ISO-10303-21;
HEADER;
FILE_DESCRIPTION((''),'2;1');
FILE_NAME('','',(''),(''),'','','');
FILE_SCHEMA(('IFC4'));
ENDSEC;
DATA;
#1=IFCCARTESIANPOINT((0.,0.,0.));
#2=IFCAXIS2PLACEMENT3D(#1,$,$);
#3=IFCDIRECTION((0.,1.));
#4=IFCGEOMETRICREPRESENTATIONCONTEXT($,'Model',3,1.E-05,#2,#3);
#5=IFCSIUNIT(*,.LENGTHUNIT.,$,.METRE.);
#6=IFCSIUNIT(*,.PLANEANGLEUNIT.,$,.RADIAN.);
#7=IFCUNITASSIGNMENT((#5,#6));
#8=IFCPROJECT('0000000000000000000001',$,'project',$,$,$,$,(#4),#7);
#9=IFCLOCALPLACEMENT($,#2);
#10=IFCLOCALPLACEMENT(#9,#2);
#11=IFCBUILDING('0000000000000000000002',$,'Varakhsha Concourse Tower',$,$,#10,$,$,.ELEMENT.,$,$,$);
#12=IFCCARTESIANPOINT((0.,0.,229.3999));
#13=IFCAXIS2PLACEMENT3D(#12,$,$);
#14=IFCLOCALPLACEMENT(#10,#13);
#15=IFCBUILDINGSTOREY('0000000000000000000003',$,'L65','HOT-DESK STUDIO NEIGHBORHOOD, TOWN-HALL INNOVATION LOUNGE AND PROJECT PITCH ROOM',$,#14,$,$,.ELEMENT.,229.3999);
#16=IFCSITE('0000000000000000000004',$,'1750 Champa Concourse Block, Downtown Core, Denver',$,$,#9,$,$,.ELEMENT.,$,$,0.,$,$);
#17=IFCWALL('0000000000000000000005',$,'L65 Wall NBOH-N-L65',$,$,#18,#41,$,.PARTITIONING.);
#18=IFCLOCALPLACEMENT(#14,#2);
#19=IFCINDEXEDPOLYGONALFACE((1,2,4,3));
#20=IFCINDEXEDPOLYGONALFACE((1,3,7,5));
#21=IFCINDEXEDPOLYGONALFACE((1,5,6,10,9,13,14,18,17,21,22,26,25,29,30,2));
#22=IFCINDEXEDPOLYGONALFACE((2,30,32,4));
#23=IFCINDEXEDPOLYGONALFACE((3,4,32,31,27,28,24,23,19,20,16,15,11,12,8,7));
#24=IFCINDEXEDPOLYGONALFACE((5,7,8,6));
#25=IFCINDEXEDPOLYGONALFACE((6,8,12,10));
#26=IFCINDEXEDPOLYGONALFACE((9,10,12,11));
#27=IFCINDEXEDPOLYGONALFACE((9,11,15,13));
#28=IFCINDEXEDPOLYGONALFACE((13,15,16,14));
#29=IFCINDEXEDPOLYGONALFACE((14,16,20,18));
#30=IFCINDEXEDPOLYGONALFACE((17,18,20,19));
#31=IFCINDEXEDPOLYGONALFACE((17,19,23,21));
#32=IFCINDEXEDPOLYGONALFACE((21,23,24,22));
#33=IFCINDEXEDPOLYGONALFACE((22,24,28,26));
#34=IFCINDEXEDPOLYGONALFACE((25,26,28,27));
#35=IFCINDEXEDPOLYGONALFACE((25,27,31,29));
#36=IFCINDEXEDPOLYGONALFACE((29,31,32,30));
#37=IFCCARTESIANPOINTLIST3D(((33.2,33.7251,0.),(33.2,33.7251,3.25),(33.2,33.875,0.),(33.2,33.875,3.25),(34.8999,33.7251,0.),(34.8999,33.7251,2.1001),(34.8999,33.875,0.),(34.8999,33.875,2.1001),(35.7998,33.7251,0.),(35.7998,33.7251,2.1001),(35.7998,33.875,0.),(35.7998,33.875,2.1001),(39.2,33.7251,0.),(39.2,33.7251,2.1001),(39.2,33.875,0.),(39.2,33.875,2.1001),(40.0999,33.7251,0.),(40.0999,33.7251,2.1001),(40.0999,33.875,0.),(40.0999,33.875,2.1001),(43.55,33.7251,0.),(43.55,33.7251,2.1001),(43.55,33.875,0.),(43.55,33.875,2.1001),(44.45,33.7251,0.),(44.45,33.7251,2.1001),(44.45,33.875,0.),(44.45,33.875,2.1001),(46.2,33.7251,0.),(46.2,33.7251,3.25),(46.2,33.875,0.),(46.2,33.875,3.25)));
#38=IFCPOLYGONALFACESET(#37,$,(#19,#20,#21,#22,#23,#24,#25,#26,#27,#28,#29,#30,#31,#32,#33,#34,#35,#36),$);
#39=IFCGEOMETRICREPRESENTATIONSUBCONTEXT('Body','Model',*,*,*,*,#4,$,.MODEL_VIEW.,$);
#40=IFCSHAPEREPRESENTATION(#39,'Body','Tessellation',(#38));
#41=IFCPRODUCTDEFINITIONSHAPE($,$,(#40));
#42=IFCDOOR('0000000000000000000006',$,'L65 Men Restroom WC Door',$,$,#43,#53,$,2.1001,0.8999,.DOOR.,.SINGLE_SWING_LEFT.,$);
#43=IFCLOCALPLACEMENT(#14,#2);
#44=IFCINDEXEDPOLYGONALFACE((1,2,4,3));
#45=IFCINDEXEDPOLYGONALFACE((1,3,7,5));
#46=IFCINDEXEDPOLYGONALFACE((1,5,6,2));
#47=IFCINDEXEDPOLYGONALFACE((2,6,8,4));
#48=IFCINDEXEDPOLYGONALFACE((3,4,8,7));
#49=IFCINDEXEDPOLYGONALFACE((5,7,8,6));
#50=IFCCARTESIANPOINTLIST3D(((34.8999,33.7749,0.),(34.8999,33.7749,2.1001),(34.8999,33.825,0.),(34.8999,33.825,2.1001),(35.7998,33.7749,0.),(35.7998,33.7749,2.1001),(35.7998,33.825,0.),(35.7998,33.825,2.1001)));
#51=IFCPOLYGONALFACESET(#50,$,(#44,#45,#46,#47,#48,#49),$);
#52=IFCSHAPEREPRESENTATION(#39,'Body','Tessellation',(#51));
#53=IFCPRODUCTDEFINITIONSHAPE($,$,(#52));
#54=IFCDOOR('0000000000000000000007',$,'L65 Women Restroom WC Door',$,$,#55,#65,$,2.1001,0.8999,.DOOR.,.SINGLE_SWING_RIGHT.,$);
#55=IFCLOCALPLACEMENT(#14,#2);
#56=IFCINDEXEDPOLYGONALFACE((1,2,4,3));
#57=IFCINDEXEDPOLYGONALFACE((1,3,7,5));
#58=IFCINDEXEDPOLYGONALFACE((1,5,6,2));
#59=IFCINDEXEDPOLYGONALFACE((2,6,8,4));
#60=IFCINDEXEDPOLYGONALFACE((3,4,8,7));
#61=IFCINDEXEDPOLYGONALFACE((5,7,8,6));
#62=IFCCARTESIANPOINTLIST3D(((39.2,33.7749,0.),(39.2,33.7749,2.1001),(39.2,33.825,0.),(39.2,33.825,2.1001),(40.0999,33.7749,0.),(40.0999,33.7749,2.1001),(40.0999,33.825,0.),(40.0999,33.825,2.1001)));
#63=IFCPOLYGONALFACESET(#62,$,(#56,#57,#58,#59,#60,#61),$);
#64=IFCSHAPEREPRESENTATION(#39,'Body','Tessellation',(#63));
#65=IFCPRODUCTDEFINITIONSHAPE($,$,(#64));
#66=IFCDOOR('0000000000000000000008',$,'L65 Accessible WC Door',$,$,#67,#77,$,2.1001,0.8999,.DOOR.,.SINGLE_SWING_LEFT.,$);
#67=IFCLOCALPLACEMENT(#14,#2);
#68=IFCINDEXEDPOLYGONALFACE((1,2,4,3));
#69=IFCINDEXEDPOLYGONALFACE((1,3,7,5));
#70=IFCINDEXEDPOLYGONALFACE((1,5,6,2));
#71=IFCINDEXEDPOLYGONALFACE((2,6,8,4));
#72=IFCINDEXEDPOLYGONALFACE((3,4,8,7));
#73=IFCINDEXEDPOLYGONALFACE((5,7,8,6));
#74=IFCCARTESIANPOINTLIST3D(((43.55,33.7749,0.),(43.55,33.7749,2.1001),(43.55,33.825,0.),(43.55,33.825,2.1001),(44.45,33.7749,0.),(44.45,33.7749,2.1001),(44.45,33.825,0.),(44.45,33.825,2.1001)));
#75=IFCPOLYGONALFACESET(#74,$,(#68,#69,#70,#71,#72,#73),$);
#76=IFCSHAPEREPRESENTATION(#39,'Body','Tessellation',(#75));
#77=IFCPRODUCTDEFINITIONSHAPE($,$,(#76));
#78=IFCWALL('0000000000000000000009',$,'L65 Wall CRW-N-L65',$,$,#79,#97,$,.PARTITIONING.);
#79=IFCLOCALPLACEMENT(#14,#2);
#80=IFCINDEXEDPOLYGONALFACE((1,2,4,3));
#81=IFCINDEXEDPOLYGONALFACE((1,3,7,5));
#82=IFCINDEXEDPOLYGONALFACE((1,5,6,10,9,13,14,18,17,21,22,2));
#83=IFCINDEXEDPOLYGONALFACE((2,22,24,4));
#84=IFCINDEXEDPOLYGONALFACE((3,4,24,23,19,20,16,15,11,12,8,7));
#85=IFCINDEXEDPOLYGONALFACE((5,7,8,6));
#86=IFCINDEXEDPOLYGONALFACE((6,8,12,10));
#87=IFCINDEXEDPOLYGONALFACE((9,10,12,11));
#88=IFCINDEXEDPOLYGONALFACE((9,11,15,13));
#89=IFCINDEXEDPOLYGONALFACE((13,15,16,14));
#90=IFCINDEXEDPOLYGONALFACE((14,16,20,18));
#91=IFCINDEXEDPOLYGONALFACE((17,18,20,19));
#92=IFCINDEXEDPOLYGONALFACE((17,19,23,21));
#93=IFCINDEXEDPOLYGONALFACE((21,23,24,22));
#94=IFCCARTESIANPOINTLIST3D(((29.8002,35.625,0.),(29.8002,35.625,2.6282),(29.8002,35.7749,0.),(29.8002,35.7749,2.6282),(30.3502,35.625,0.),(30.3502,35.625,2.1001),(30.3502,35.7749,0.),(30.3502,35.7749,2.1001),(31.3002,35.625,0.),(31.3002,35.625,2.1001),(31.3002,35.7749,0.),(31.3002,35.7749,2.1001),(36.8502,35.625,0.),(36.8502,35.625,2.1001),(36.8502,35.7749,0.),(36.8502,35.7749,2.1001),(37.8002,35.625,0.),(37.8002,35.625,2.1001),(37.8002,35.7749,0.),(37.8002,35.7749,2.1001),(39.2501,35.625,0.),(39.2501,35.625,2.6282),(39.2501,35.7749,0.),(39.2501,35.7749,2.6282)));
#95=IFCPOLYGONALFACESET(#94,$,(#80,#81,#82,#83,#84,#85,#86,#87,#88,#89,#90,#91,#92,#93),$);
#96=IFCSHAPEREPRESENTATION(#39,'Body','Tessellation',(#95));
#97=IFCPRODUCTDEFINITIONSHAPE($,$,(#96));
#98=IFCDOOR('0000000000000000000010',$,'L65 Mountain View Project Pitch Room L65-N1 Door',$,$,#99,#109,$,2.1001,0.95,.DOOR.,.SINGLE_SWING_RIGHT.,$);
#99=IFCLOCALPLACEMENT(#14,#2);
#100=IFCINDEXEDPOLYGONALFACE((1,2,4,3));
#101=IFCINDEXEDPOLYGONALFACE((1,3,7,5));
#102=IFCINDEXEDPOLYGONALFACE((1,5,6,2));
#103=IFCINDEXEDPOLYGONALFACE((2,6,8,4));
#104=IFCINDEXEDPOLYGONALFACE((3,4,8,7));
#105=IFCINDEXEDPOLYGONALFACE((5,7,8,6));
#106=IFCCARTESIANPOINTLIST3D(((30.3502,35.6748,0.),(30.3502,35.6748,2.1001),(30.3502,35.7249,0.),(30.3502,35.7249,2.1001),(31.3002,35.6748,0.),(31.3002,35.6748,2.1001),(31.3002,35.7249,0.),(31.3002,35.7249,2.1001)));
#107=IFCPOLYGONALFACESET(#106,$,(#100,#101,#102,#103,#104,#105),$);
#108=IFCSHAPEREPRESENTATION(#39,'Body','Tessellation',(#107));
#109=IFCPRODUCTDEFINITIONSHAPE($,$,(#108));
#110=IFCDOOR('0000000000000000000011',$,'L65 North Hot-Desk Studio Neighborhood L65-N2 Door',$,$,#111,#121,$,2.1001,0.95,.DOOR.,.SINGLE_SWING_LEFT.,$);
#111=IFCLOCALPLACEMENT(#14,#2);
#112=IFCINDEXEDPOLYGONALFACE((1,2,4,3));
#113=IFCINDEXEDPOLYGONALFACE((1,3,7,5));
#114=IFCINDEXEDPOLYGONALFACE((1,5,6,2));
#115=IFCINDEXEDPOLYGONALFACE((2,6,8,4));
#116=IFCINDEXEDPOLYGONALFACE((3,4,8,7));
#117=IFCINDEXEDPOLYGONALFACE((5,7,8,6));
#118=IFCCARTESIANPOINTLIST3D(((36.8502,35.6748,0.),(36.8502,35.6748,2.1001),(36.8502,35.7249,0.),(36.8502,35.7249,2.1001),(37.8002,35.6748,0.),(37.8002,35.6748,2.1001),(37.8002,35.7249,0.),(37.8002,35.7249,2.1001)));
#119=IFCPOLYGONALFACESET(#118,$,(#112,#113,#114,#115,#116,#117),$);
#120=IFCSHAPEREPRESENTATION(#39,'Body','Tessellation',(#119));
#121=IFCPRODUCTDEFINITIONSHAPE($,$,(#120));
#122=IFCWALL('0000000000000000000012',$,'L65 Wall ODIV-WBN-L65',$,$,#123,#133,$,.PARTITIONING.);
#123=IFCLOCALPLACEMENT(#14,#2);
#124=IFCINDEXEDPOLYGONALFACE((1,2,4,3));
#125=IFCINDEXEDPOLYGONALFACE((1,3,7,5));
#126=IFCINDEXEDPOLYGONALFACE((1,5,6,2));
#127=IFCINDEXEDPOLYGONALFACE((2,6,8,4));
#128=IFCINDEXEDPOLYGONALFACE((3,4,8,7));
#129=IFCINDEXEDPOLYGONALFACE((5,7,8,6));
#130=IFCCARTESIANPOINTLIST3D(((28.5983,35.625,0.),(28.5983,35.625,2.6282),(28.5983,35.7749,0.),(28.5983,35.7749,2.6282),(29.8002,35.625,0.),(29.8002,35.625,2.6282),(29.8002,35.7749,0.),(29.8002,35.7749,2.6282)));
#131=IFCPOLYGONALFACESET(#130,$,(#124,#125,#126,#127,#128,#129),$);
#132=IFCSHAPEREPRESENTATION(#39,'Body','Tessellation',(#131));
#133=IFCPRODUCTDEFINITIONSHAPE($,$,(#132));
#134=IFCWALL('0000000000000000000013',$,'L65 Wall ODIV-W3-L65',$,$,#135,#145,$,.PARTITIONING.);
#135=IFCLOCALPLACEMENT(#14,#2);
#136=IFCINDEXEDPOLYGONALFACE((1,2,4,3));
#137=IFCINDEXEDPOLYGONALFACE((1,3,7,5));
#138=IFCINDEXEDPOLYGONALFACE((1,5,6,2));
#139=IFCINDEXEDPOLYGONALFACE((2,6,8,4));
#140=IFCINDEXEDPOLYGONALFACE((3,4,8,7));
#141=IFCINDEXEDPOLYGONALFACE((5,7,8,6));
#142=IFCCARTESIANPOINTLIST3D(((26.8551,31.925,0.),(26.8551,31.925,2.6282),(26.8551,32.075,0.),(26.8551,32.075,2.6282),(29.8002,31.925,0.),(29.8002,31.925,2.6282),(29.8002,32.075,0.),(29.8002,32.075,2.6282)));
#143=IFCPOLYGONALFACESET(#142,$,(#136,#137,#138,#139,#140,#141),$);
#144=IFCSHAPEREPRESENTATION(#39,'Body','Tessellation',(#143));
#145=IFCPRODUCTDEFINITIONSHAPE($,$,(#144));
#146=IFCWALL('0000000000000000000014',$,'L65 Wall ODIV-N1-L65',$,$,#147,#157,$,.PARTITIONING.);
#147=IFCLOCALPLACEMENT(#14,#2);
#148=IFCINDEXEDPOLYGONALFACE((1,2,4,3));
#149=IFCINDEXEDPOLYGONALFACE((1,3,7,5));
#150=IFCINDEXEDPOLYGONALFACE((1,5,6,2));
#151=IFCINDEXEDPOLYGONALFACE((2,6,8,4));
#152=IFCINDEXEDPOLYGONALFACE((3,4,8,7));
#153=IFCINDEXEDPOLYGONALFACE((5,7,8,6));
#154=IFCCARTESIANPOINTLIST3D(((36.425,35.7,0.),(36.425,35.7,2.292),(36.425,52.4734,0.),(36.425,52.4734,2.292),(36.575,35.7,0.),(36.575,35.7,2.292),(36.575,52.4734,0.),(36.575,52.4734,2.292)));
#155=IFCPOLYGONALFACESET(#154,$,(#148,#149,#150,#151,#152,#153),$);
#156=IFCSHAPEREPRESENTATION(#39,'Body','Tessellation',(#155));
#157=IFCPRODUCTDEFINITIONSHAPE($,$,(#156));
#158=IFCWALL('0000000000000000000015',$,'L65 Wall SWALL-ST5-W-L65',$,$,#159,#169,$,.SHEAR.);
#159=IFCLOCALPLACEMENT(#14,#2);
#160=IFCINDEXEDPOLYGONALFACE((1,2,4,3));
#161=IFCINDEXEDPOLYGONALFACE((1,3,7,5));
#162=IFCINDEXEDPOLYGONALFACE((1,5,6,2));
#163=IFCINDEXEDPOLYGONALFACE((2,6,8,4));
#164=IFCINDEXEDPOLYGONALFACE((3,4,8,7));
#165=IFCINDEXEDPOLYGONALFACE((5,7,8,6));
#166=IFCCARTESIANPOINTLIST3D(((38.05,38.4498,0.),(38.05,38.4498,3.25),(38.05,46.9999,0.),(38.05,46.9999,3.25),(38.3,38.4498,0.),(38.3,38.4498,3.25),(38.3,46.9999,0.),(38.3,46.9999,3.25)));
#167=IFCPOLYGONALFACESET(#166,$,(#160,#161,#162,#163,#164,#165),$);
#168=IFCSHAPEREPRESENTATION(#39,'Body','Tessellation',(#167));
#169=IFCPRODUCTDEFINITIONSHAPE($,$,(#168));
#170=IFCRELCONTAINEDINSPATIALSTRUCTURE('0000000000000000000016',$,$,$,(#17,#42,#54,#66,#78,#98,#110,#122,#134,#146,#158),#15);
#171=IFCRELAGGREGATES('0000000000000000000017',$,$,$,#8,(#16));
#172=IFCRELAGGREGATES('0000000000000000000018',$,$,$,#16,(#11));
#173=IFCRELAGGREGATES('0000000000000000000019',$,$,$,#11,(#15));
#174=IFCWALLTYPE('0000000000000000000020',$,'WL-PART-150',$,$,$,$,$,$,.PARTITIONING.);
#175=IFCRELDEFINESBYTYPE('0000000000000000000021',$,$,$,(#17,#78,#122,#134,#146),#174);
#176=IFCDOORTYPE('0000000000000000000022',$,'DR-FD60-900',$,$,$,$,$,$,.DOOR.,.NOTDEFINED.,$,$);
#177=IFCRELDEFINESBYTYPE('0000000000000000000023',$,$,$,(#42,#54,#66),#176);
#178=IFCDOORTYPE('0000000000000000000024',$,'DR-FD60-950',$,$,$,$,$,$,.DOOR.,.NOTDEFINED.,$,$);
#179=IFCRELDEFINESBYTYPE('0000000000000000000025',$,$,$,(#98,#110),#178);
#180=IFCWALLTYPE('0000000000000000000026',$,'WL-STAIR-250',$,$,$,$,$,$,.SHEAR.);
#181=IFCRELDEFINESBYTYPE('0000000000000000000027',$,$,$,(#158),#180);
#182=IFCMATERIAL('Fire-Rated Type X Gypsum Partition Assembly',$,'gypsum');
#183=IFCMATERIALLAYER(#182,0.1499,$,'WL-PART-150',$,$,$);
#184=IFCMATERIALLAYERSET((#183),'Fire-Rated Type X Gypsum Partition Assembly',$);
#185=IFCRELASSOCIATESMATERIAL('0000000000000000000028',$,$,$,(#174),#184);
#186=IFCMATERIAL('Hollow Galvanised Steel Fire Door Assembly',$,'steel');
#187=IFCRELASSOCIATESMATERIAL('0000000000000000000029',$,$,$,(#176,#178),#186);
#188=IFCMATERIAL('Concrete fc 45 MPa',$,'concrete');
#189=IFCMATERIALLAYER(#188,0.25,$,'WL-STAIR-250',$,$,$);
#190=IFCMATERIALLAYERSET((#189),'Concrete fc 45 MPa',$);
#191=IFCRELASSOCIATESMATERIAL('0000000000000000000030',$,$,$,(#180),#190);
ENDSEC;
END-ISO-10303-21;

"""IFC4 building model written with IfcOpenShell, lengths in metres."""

from ifc_helpers import new_model, si_unit, direction, frame, frame_2d, origin, place, context, subcontext, project, spatial, rectangle, extrude, material, layer, layer_set, type_object, element, fill, save


model = new_model("IFC4")

# Units and contexts
model_context = context("Model", 3, precision=1e-05, world=origin(), true_north=direction((0.0, 1.0)))
body_context = subcontext(model_context, "Body", "Model", "MODEL_VIEW")
ifc_project = project(units=[si_unit("LENGTHUNIT", "METRE"), si_unit("PLANEANGLEUNIT", "RADIAN")], contexts=[model_context])

# Site, building, storey
site_placement = place(None, origin())
site = spatial("IfcSite", under=ifc_project, at=site_placement, Name="1750 Champa Concourse Block, Downtown Core, Denver", CompositionType="ELEMENT", RefElevation=0.0)
building_placement = place(site_placement, origin())
building = spatial("IfcBuilding", under=site, at=building_placement, Name="Varakhsha Concourse Tower", CompositionType="ELEMENT")
storey_placement = place(building_placement, frame((0.0, 0.0, 229.3999)))
storey = spatial("IfcBuildingStorey", under=building, at=storey_placement, Name="L65", Description="HOT-DESK STUDIO NEIGHBORHOOD, TOWN-HALL INNOVATION LOUNGE AND PROJECT PITCH ROOM", CompositionType="ELEMENT", Elevation=229.3999)

# Walls, openings, doors
ifc_material_1 = material(Name="Fire-Rated Type X Gypsum Partition Assembly", Category="gypsum")
ifc_layer_1 = layer(ifc_material_1, 0.1499, Name="WL-PART-150")
ifc_layer_set_1 = layer_set([ifc_layer_1], Name="Fire-Rated Type X Gypsum Partition Assembly")
wall_type_1 = type_object("IfcWallType", Name="WL-PART-150", PredefinedType="PARTITIONING", material=ifc_layer_set_1)
wall_1_placement = place(storey_placement, frame((33.2, 33.8, 0.0), z_axis=(0.0, 0.0, 1.0), x_axis=(1.0, 0.0, 0.0)))
wall_1 = element("IfcWall", 1, at=wall_1_placement, inside=storey, type_object=wall_type_1, Name="L65 Wall NBOH-N-L65", PredefinedType="PARTITIONING", context=body_context, shape_type="SweptSolid", body=[
    extrude(rectangle(XDim=13.0, YDim=0.1499, at=frame_2d((6.5, 0.0))), origin(), (0.0, 0.0, 1.0), 3.25),
])
opening_1_placement = place(wall_1_placement, frame((1.7, 0.0, 0.0)))
opening_1 = element("IfcOpeningElement", 2, at=opening_1_placement, cuts=wall_1, PredefinedType="OPENING", context=body_context, shape_type="SweptSolid", body=[
    extrude(rectangle(XDim=0.8999, YDim=2.1001, at=frame_2d((0.45, 1.05))), frame((0.0, 0.085, 0.0), z_axis=(0.0, -1.0, 0.0), x_axis=(1.0, 0.0, 0.0)), (0.0, 0.0, 1.0), 0.1699),
])
opening_2_placement = place(wall_1_placement, frame((6.0, 0.0, 0.0)))
opening_2 = element("IfcOpeningElement", 3, at=opening_2_placement, cuts=wall_1, PredefinedType="OPENING", context=body_context, shape_type="SweptSolid", body=[
    extrude(rectangle(XDim=0.8999, YDim=2.1001, at=frame_2d((0.45, 1.05))), frame((0.0, 0.085, 0.0), z_axis=(0.0, -1.0, 0.0), x_axis=(1.0, 0.0, 0.0)), (0.0, 0.0, 1.0), 0.1699),
])
opening_3_placement = place(wall_1_placement, frame((10.3501, 0.0, 0.0)))
opening_3 = element("IfcOpeningElement", 4, at=opening_3_placement, cuts=wall_1, PredefinedType="OPENING", context=body_context, shape_type="SweptSolid", body=[
    extrude(rectangle(XDim=0.8999, YDim=2.1001, at=frame_2d((0.45, 1.05))), frame((0.0, 0.085, 0.0), z_axis=(0.0, -1.0, 0.0), x_axis=(1.0, 0.0, 0.0)), (0.0, 0.0, 1.0), 0.1699),
])
ifc_material_2 = material(Name="Hollow Galvanised Steel Fire Door Assembly", Category="steel")
door_type_1 = type_object("IfcDoorType", Name="DR-FD60-900", OperationType="NOTDEFINED", PredefinedType="DOOR", material=ifc_material_2)
door_1_placement = place(opening_1_placement, origin())
door_1 = element("IfcDoor", 5, at=door_1_placement, inside=storey, type_object=door_type_1, Name="L65 Men Restroom WC Door", OperationType="SINGLE_SWING_LEFT", OverallHeight=2.1001, OverallWidth=0.8999, PredefinedType="DOOR", context=body_context, shape_type="SweptSolid", body=[
    extrude(rectangle(XDim=0.8999, YDim=2.1001, at=frame_2d((0.45, 1.05))), frame((0.0, 0.0249, 0.0), z_axis=(0.0, -1.0, 0.0), x_axis=(1.0, 0.0, 0.0)), (0.0, 0.0, 1.0), 0.05),
])
fill(opening_1, door_1)
door_2_placement = place(opening_2_placement, origin())
door_2 = element("IfcDoor", 6, at=door_2_placement, inside=storey, type_object=door_type_1, Name="L65 Women Restroom WC Door", OperationType="SINGLE_SWING_RIGHT", OverallHeight=2.1001, OverallWidth=0.8999, PredefinedType="DOOR", context=body_context, shape_type="SweptSolid", body=[
    extrude(rectangle(XDim=0.8999, YDim=2.1001, at=frame_2d((0.45, 1.05))), frame((0.0, 0.0249, 0.0), z_axis=(0.0, -1.0, 0.0), x_axis=(1.0, 0.0, 0.0)), (0.0, 0.0, 1.0), 0.05),
])
fill(opening_2, door_2)
door_3_placement = place(opening_3_placement, origin())
door_3 = element("IfcDoor", 7, at=door_3_placement, inside=storey, type_object=door_type_1, Name="L65 Accessible WC Door", OperationType="SINGLE_SWING_LEFT", OverallHeight=2.1001, OverallWidth=0.8999, PredefinedType="DOOR", context=body_context, shape_type="SweptSolid", body=[
    extrude(rectangle(XDim=0.8999, YDim=2.1001, at=frame_2d((0.45, 1.05))), frame((0.0, 0.0249, 0.0), z_axis=(0.0, -1.0, 0.0), x_axis=(1.0, 0.0, 0.0)), (0.0, 0.0, 1.0), 0.05),
])
fill(opening_3, door_3)
wall_2_placement = place(storey_placement, frame((29.8, 35.7, 0.0), z_axis=(0.0, 0.0, 1.0), x_axis=(1.0, 0.0, 0.0)))
wall_2 = element("IfcWall", 8, at=wall_2_placement, inside=storey, type_object=wall_type_1, Name="L65 Wall CRW-N-L65", PredefinedType="PARTITIONING", context=body_context, shape_type="SweptSolid", body=[
    extrude(rectangle(XDim=9.45, YDim=0.1499, at=frame_2d((4.7251, 0.0))), origin(), (0.0, 0.0, 1.0), 2.6282),
])
opening_4_placement = place(wall_2_placement, frame((0.55, 0.0, 0.0)))
opening_4 = element("IfcOpeningElement", 9, at=opening_4_placement, cuts=wall_2, PredefinedType="OPENING", context=body_context, shape_type="SweptSolid", body=[
    extrude(rectangle(XDim=0.95, YDim=2.1001, at=frame_2d((0.4751, 1.05))), frame((0.0, 0.085, 0.0), z_axis=(0.0, -1.0, 0.0), x_axis=(1.0, 0.0, 0.0)), (0.0, 0.0, 1.0), 0.1699),
])
opening_5_placement = place(wall_2_placement, frame((7.05, 0.0, 0.0)))
opening_5 = element("IfcOpeningElement", 10, at=opening_5_placement, cuts=wall_2, PredefinedType="OPENING", context=body_context, shape_type="SweptSolid", body=[
    extrude(rectangle(XDim=0.95, YDim=2.1001, at=frame_2d((0.4751, 1.05))), frame((0.0, 0.085, 0.0), z_axis=(0.0, -1.0, 0.0), x_axis=(1.0, 0.0, 0.0)), (0.0, 0.0, 1.0), 0.1699),
])
door_type_2 = type_object("IfcDoorType", Name="DR-FD60-950", OperationType="NOTDEFINED", PredefinedType="DOOR", material=ifc_material_2)
door_4_placement = place(opening_4_placement, origin())
door_4 = element("IfcDoor", 11, at=door_4_placement, inside=storey, type_object=door_type_2, Name="L65 Mountain View Project Pitch Room L65-N1 Door", OperationType="SINGLE_SWING_RIGHT", OverallHeight=2.1001, OverallWidth=0.95, PredefinedType="DOOR", context=body_context, shape_type="SweptSolid", body=[
    extrude(rectangle(XDim=0.95, YDim=2.1001, at=frame_2d((0.4751, 1.05))), frame((0.0, 0.0249, 0.0), z_axis=(0.0, -1.0, 0.0), x_axis=(1.0, 0.0, 0.0)), (0.0, 0.0, 1.0), 0.05),
])
fill(opening_4, door_4)
door_5_placement = place(opening_5_placement, origin())
door_5 = element("IfcDoor", 12, at=door_5_placement, inside=storey, type_object=door_type_2, Name="L65 North Hot-Desk Studio Neighborhood L65-N2 Door", OperationType="SINGLE_SWING_LEFT", OverallHeight=2.1001, OverallWidth=0.95, PredefinedType="DOOR", context=body_context, shape_type="SweptSolid", body=[
    extrude(rectangle(XDim=0.95, YDim=2.1001, at=frame_2d((0.4751, 1.05))), frame((0.0, 0.0249, 0.0), z_axis=(0.0, -1.0, 0.0), x_axis=(1.0, 0.0, 0.0)), (0.0, 0.0, 1.0), 0.05),
])
fill(opening_5, door_5)

# Walls
wall_3_placement = place(storey_placement, frame((28.5981, 35.7, 0.0), z_axis=(0.0, 0.0, 1.0), x_axis=(1.0, 0.0, 0.0)))
element("IfcWall", 13, at=wall_3_placement, inside=storey, type_object=wall_type_1, Name="L65 Wall ODIV-WBN-L65", PredefinedType="PARTITIONING", context=body_context, shape_type="SweptSolid", body=[
    extrude(rectangle(XDim=1.2019, YDim=0.1499, at=frame_2d((0.6011, 0.0))), origin(), (0.0, 0.0, 1.0), 2.6282),
])
wall_4_placement = place(storey_placement, frame((26.855, 32.0, 0.0), z_axis=(0.0, 0.0, 1.0), x_axis=(1.0, 0.0, 0.0)))
element("IfcWall", 14, at=wall_4_placement, inside=storey, type_object=wall_type_1, Name="L65 Wall ODIV-W3-L65", PredefinedType="PARTITIONING", context=body_context, shape_type="SweptSolid", body=[
    extrude(rectangle(XDim=2.9451, YDim=0.1499, at=frame_2d((1.4727, 0.0))), origin(), (0.0, 0.0, 1.0), 2.6282),
])
wall_5_placement = place(storey_placement, frame((36.5, 35.7, 0.0), z_axis=(0.0, 0.0, 1.0), x_axis=(0.0, 1.0, 0.0)))
element("IfcWall", 15, at=wall_5_placement, inside=storey, type_object=wall_type_1, Name="L65 Wall ODIV-N1-L65", PredefinedType="PARTITIONING", context=body_context, shape_type="SweptSolid", body=[
    extrude(rectangle(XDim=16.7734, YDim=0.1499, at=frame_2d((8.3867, 0.0))), origin(), (0.0, 0.0, 1.0), 2.292),
])
ifc_material_3 = material(Name="Concrete fc 45 MPa", Category="concrete")
ifc_layer_2 = layer(ifc_material_3, 0.25, Name="WL-STAIR-250")
ifc_layer_set_2 = layer_set([ifc_layer_2], Name="Concrete fc 45 MPa")
wall_type_2 = type_object("IfcWallType", Name="WL-STAIR-250", PredefinedType="SHEAR", material=ifc_layer_set_2)
wall_6_placement = place(storey_placement, frame((38.175, 38.45, 0.0), z_axis=(0.0, 0.0, 1.0), x_axis=(0.0, 1.0, 0.0)))
element("IfcWall", 16, at=wall_6_placement, inside=storey, type_object=wall_type_2, Name="L65 Wall SWALL-ST5-W-L65", PredefinedType="SHEAR", context=body_context, shape_type="SweptSolid", body=[
    extrude(rectangle(XDim=8.55, YDim=0.25, at=frame_2d((4.2749, 0.0))), origin(), (0.0, 0.0, 1.0), 3.25),
])

save(model, "model.ifc")
